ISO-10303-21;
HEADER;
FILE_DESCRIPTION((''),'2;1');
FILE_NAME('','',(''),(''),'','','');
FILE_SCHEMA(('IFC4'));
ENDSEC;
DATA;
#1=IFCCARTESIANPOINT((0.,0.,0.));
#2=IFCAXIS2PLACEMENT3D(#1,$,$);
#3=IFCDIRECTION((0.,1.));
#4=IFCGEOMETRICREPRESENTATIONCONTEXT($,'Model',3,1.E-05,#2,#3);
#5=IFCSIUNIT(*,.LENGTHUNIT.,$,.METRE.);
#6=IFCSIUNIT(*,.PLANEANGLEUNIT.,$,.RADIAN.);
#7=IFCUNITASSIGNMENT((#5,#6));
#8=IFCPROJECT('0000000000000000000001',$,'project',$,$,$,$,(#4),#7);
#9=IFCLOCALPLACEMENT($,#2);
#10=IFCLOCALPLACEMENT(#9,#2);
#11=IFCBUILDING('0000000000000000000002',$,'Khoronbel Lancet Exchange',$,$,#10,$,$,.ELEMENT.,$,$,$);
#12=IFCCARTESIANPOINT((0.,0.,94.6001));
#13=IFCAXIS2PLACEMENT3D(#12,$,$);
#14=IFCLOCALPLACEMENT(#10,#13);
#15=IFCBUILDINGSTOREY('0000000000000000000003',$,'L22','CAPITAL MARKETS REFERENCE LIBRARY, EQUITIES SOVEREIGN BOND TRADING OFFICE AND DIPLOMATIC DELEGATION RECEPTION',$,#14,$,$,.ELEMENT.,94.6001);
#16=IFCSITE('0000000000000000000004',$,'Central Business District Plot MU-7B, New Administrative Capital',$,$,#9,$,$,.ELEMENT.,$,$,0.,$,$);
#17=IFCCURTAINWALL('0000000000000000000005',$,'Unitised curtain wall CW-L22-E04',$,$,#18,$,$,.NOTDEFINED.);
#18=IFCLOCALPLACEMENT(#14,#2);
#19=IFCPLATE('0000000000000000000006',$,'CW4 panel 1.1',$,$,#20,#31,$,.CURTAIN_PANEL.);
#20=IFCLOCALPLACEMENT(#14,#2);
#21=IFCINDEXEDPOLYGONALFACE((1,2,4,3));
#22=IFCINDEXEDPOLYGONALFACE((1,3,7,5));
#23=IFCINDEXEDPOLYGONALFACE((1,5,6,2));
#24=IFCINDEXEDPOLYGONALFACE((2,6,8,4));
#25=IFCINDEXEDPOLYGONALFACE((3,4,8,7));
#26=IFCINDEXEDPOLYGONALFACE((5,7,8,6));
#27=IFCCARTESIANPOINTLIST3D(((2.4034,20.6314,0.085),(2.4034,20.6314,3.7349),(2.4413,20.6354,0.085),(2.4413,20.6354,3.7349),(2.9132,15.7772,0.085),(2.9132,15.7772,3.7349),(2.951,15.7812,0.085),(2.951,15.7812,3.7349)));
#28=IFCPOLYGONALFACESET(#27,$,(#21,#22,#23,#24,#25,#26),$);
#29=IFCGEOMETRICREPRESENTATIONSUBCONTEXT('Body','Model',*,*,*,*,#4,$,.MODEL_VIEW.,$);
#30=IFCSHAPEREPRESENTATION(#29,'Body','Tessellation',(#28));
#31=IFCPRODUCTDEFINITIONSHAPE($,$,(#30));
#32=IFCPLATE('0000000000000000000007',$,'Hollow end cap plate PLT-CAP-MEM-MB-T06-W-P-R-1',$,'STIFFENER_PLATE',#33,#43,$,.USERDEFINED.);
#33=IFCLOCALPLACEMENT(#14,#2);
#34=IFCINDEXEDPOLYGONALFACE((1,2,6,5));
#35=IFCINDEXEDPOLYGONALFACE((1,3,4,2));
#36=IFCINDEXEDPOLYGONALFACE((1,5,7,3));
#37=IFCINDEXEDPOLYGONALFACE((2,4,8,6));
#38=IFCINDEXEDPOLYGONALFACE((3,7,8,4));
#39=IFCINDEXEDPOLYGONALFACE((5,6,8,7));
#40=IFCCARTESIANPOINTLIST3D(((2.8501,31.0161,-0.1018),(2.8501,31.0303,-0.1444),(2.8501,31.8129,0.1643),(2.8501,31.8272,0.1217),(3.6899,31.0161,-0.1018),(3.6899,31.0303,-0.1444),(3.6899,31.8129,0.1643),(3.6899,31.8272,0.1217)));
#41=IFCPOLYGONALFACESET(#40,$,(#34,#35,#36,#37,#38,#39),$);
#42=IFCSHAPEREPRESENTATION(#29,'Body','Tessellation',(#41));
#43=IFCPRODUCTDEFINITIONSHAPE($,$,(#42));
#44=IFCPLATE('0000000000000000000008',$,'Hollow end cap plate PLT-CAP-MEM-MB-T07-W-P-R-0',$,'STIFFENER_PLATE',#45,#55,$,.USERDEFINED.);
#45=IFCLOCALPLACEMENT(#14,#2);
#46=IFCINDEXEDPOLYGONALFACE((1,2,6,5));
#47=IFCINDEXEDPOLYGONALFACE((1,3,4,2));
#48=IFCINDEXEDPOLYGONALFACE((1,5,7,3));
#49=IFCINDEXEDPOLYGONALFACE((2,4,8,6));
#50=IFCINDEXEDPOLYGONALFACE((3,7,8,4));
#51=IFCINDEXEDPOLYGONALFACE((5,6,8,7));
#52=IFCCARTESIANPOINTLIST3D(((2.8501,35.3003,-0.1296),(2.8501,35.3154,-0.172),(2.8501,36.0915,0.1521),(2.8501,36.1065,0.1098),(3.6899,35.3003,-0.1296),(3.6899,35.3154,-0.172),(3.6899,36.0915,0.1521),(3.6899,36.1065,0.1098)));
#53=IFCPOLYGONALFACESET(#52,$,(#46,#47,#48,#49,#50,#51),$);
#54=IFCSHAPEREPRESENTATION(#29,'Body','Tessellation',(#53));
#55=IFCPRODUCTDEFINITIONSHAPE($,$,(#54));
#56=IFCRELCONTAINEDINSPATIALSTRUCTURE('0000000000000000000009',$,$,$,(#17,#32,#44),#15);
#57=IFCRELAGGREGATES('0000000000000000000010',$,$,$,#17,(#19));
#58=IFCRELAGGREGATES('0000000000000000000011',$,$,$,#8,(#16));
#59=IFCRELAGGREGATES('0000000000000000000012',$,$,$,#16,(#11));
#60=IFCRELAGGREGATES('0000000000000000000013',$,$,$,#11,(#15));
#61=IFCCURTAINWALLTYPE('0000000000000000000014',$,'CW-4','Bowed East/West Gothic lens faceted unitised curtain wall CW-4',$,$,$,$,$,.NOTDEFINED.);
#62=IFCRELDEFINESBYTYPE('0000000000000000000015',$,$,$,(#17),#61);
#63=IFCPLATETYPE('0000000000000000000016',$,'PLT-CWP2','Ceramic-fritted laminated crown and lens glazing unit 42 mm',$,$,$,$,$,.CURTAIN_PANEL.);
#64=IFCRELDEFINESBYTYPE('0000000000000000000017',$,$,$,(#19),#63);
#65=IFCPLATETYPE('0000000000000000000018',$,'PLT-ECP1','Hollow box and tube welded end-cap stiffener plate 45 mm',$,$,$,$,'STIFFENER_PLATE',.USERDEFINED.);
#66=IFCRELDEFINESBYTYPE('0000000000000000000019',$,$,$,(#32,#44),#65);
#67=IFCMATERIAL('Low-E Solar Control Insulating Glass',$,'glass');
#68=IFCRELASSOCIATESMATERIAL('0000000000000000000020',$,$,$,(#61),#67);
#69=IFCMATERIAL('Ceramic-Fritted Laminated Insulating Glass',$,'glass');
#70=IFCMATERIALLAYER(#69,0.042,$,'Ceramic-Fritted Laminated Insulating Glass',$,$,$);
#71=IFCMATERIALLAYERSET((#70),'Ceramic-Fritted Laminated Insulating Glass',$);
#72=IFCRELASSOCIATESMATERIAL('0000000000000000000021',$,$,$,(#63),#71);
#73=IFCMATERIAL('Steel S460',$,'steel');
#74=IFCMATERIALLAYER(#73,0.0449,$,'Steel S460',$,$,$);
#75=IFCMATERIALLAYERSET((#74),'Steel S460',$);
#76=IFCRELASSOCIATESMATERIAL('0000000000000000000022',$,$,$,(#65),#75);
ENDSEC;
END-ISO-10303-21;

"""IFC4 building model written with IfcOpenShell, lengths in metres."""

from ifc_helpers import new_model, si_unit, direction, frame, origin, origin_2d, place, context, subcontext, project, spatial, polyline, rectangle, outline, extrude, material, layer, layer_set, type_object, element, aggregate, save


model = new_model("IFC4")

# Units and contexts
model_context = context("Model", 3, precision=1e-05, world=origin(), true_north=direction((0.0, 1.0)))
body_context = subcontext(model_context, "Body", "Model", "MODEL_VIEW")
ifc_project = project(units=[si_unit("LENGTHUNIT", "METRE"), si_unit("PLANEANGLEUNIT", "RADIAN")], contexts=[model_context])

# Site, building, storey
site_placement = place(None, origin())
site = spatial("IfcSite", under=ifc_project, at=site_placement, Name="Central Business District Plot MU-7B, New Administrative Capital", CompositionType="ELEMENT", RefElevation=0.0)
building_placement = place(site_placement, origin())
building = spatial("IfcBuilding", under=site, at=building_placement, Name="Khoronbel Lancet Exchange", CompositionType="ELEMENT")
storey_placement = place(building_placement, frame((0.0, 0.0, 94.6001)))
storey = spatial("IfcBuildingStorey", under=building, at=storey_placement, Name="L22", Description="CAPITAL MARKETS REFERENCE LIBRARY, EQUITIES SOVEREIGN BOND TRADING OFFICE AND DIPLOMATIC DELEGATION RECEPTION", CompositionType="ELEMENT", Elevation=94.6001)

# Curtain wall
ifc_material_1 = material(Name="Low-E Solar Control Insulating Glass", Category="glass")
curtain_wall_type = type_object("IfcCurtainWallType", Name="CW-4", Description="Bowed East/West Gothic lens faceted unitised curtain wall CW-4", PredefinedType="NOTDEFINED", material=ifc_material_1)
curtain_wall_1_placement = place(storey_placement, origin())
curtain_wall_1 = element("IfcCurtainWall", 1, at=curtain_wall_1_placement, inside=storey, type_object=curtain_wall_type, Name="Unitised curtain wall CW-L22-E04", PredefinedType="NOTDEFINED")

# Plate
ifc_material_2 = material(Name="Ceramic-Fritted Laminated Insulating Glass", Category="glass")
ifc_layer_1 = layer(ifc_material_2, 0.042, Name="Ceramic-Fritted Laminated Insulating Glass")
ifc_layer_set_1 = layer_set([ifc_layer_1], Name="Ceramic-Fritted Laminated Insulating Glass")
plate_type_1 = type_object("IfcPlateType", Name="PLT-CWP2", Description="Ceramic-fritted laminated crown and lens glazing unit 42 mm", PredefinedType="CURTAIN_PANEL", material=ifc_layer_set_1)
plate_1_placement = place(storey_placement, frame((2.6772, 18.2063, 0.085), z_axis=(0.0, 0.0, 1.0), x_axis=(-0.104434, 0.994532, 0.0)))
plate_1 = element("IfcPlate", 2, at=plate_1_placement, type_object=plate_type_1, Name="CW4 panel 1.1", PredefinedType="CURTAIN_PANEL", context=body_context, shape_type="SweptSolid", body=[
    extrude(rectangle(XDim=4.8809, YDim=0.0381, at=origin_2d()), origin(), (0.0, 0.0, 1.0), 3.6499),
])
aggregate(curtain_wall_1, [plate_1])

# Plates
ifc_material_3 = material(Name="Steel S460", Category="steel")
ifc_layer_2 = layer(ifc_material_3, 0.0449, Name="Steel S460")
ifc_layer_set_2 = layer_set([ifc_layer_2], Name="Steel S460")
plate_type_2 = type_object("IfcPlateType", Name="PLT-ECP1", Description="Hollow box and tube welded end-cap stiffener plate 45 mm", ElementType="STIFFENER_PLATE", PredefinedType="USERDEFINED", material=ifc_layer_set_2)
plate_2_placement = place(storey_placement, frame((2.8501, 31.0161, -0.1018), z_axis=(0.0, -0.316751, 0.948509), x_axis=(1.0, 0.0, 0.0)))
element("IfcPlate", 3, at=plate_2_placement, inside=storey, type_object=plate_type_2, Name="Hollow end cap plate PLT-CAP-MEM-MB-T06-W-P-R-1", ObjectType="STIFFENER_PLATE", PredefinedType="USERDEFINED", context=body_context, shape_type="SweptSolid", body=[
    extrude(outline(polyline([(0.0, 0.0), (0.8398, 0.0), (0.8398, 0.8401), (0.0, 0.8401), (0.0, 0.0)])), origin(), (0.0, 0.0, -1.0), 0.0449),
])
plate_3_placement = place(storey_placement, frame((2.8501, 35.3003, -0.1296), z_axis=(0.0, -0.335434, 0.942064), x_axis=(1.0, 0.0, 0.0)))
element("IfcPlate", 4, at=plate_3_placement, inside=storey, type_object=plate_type_2, Name="Hollow end cap plate PLT-CAP-MEM-MB-T07-W-P-R-0", ObjectType="STIFFENER_PLATE", PredefinedType="USERDEFINED", context=body_context, shape_type="SweptSolid", body=[
    extrude(outline(polyline([(0.0, 0.0), (0.8398, 0.0), (0.8398, 0.8398), (0.0, 0.8398), (0.0, 0.0)])), origin(), (0.0, 0.0, -1.0), 0.0449),
])

save(model, "model.ifc")
